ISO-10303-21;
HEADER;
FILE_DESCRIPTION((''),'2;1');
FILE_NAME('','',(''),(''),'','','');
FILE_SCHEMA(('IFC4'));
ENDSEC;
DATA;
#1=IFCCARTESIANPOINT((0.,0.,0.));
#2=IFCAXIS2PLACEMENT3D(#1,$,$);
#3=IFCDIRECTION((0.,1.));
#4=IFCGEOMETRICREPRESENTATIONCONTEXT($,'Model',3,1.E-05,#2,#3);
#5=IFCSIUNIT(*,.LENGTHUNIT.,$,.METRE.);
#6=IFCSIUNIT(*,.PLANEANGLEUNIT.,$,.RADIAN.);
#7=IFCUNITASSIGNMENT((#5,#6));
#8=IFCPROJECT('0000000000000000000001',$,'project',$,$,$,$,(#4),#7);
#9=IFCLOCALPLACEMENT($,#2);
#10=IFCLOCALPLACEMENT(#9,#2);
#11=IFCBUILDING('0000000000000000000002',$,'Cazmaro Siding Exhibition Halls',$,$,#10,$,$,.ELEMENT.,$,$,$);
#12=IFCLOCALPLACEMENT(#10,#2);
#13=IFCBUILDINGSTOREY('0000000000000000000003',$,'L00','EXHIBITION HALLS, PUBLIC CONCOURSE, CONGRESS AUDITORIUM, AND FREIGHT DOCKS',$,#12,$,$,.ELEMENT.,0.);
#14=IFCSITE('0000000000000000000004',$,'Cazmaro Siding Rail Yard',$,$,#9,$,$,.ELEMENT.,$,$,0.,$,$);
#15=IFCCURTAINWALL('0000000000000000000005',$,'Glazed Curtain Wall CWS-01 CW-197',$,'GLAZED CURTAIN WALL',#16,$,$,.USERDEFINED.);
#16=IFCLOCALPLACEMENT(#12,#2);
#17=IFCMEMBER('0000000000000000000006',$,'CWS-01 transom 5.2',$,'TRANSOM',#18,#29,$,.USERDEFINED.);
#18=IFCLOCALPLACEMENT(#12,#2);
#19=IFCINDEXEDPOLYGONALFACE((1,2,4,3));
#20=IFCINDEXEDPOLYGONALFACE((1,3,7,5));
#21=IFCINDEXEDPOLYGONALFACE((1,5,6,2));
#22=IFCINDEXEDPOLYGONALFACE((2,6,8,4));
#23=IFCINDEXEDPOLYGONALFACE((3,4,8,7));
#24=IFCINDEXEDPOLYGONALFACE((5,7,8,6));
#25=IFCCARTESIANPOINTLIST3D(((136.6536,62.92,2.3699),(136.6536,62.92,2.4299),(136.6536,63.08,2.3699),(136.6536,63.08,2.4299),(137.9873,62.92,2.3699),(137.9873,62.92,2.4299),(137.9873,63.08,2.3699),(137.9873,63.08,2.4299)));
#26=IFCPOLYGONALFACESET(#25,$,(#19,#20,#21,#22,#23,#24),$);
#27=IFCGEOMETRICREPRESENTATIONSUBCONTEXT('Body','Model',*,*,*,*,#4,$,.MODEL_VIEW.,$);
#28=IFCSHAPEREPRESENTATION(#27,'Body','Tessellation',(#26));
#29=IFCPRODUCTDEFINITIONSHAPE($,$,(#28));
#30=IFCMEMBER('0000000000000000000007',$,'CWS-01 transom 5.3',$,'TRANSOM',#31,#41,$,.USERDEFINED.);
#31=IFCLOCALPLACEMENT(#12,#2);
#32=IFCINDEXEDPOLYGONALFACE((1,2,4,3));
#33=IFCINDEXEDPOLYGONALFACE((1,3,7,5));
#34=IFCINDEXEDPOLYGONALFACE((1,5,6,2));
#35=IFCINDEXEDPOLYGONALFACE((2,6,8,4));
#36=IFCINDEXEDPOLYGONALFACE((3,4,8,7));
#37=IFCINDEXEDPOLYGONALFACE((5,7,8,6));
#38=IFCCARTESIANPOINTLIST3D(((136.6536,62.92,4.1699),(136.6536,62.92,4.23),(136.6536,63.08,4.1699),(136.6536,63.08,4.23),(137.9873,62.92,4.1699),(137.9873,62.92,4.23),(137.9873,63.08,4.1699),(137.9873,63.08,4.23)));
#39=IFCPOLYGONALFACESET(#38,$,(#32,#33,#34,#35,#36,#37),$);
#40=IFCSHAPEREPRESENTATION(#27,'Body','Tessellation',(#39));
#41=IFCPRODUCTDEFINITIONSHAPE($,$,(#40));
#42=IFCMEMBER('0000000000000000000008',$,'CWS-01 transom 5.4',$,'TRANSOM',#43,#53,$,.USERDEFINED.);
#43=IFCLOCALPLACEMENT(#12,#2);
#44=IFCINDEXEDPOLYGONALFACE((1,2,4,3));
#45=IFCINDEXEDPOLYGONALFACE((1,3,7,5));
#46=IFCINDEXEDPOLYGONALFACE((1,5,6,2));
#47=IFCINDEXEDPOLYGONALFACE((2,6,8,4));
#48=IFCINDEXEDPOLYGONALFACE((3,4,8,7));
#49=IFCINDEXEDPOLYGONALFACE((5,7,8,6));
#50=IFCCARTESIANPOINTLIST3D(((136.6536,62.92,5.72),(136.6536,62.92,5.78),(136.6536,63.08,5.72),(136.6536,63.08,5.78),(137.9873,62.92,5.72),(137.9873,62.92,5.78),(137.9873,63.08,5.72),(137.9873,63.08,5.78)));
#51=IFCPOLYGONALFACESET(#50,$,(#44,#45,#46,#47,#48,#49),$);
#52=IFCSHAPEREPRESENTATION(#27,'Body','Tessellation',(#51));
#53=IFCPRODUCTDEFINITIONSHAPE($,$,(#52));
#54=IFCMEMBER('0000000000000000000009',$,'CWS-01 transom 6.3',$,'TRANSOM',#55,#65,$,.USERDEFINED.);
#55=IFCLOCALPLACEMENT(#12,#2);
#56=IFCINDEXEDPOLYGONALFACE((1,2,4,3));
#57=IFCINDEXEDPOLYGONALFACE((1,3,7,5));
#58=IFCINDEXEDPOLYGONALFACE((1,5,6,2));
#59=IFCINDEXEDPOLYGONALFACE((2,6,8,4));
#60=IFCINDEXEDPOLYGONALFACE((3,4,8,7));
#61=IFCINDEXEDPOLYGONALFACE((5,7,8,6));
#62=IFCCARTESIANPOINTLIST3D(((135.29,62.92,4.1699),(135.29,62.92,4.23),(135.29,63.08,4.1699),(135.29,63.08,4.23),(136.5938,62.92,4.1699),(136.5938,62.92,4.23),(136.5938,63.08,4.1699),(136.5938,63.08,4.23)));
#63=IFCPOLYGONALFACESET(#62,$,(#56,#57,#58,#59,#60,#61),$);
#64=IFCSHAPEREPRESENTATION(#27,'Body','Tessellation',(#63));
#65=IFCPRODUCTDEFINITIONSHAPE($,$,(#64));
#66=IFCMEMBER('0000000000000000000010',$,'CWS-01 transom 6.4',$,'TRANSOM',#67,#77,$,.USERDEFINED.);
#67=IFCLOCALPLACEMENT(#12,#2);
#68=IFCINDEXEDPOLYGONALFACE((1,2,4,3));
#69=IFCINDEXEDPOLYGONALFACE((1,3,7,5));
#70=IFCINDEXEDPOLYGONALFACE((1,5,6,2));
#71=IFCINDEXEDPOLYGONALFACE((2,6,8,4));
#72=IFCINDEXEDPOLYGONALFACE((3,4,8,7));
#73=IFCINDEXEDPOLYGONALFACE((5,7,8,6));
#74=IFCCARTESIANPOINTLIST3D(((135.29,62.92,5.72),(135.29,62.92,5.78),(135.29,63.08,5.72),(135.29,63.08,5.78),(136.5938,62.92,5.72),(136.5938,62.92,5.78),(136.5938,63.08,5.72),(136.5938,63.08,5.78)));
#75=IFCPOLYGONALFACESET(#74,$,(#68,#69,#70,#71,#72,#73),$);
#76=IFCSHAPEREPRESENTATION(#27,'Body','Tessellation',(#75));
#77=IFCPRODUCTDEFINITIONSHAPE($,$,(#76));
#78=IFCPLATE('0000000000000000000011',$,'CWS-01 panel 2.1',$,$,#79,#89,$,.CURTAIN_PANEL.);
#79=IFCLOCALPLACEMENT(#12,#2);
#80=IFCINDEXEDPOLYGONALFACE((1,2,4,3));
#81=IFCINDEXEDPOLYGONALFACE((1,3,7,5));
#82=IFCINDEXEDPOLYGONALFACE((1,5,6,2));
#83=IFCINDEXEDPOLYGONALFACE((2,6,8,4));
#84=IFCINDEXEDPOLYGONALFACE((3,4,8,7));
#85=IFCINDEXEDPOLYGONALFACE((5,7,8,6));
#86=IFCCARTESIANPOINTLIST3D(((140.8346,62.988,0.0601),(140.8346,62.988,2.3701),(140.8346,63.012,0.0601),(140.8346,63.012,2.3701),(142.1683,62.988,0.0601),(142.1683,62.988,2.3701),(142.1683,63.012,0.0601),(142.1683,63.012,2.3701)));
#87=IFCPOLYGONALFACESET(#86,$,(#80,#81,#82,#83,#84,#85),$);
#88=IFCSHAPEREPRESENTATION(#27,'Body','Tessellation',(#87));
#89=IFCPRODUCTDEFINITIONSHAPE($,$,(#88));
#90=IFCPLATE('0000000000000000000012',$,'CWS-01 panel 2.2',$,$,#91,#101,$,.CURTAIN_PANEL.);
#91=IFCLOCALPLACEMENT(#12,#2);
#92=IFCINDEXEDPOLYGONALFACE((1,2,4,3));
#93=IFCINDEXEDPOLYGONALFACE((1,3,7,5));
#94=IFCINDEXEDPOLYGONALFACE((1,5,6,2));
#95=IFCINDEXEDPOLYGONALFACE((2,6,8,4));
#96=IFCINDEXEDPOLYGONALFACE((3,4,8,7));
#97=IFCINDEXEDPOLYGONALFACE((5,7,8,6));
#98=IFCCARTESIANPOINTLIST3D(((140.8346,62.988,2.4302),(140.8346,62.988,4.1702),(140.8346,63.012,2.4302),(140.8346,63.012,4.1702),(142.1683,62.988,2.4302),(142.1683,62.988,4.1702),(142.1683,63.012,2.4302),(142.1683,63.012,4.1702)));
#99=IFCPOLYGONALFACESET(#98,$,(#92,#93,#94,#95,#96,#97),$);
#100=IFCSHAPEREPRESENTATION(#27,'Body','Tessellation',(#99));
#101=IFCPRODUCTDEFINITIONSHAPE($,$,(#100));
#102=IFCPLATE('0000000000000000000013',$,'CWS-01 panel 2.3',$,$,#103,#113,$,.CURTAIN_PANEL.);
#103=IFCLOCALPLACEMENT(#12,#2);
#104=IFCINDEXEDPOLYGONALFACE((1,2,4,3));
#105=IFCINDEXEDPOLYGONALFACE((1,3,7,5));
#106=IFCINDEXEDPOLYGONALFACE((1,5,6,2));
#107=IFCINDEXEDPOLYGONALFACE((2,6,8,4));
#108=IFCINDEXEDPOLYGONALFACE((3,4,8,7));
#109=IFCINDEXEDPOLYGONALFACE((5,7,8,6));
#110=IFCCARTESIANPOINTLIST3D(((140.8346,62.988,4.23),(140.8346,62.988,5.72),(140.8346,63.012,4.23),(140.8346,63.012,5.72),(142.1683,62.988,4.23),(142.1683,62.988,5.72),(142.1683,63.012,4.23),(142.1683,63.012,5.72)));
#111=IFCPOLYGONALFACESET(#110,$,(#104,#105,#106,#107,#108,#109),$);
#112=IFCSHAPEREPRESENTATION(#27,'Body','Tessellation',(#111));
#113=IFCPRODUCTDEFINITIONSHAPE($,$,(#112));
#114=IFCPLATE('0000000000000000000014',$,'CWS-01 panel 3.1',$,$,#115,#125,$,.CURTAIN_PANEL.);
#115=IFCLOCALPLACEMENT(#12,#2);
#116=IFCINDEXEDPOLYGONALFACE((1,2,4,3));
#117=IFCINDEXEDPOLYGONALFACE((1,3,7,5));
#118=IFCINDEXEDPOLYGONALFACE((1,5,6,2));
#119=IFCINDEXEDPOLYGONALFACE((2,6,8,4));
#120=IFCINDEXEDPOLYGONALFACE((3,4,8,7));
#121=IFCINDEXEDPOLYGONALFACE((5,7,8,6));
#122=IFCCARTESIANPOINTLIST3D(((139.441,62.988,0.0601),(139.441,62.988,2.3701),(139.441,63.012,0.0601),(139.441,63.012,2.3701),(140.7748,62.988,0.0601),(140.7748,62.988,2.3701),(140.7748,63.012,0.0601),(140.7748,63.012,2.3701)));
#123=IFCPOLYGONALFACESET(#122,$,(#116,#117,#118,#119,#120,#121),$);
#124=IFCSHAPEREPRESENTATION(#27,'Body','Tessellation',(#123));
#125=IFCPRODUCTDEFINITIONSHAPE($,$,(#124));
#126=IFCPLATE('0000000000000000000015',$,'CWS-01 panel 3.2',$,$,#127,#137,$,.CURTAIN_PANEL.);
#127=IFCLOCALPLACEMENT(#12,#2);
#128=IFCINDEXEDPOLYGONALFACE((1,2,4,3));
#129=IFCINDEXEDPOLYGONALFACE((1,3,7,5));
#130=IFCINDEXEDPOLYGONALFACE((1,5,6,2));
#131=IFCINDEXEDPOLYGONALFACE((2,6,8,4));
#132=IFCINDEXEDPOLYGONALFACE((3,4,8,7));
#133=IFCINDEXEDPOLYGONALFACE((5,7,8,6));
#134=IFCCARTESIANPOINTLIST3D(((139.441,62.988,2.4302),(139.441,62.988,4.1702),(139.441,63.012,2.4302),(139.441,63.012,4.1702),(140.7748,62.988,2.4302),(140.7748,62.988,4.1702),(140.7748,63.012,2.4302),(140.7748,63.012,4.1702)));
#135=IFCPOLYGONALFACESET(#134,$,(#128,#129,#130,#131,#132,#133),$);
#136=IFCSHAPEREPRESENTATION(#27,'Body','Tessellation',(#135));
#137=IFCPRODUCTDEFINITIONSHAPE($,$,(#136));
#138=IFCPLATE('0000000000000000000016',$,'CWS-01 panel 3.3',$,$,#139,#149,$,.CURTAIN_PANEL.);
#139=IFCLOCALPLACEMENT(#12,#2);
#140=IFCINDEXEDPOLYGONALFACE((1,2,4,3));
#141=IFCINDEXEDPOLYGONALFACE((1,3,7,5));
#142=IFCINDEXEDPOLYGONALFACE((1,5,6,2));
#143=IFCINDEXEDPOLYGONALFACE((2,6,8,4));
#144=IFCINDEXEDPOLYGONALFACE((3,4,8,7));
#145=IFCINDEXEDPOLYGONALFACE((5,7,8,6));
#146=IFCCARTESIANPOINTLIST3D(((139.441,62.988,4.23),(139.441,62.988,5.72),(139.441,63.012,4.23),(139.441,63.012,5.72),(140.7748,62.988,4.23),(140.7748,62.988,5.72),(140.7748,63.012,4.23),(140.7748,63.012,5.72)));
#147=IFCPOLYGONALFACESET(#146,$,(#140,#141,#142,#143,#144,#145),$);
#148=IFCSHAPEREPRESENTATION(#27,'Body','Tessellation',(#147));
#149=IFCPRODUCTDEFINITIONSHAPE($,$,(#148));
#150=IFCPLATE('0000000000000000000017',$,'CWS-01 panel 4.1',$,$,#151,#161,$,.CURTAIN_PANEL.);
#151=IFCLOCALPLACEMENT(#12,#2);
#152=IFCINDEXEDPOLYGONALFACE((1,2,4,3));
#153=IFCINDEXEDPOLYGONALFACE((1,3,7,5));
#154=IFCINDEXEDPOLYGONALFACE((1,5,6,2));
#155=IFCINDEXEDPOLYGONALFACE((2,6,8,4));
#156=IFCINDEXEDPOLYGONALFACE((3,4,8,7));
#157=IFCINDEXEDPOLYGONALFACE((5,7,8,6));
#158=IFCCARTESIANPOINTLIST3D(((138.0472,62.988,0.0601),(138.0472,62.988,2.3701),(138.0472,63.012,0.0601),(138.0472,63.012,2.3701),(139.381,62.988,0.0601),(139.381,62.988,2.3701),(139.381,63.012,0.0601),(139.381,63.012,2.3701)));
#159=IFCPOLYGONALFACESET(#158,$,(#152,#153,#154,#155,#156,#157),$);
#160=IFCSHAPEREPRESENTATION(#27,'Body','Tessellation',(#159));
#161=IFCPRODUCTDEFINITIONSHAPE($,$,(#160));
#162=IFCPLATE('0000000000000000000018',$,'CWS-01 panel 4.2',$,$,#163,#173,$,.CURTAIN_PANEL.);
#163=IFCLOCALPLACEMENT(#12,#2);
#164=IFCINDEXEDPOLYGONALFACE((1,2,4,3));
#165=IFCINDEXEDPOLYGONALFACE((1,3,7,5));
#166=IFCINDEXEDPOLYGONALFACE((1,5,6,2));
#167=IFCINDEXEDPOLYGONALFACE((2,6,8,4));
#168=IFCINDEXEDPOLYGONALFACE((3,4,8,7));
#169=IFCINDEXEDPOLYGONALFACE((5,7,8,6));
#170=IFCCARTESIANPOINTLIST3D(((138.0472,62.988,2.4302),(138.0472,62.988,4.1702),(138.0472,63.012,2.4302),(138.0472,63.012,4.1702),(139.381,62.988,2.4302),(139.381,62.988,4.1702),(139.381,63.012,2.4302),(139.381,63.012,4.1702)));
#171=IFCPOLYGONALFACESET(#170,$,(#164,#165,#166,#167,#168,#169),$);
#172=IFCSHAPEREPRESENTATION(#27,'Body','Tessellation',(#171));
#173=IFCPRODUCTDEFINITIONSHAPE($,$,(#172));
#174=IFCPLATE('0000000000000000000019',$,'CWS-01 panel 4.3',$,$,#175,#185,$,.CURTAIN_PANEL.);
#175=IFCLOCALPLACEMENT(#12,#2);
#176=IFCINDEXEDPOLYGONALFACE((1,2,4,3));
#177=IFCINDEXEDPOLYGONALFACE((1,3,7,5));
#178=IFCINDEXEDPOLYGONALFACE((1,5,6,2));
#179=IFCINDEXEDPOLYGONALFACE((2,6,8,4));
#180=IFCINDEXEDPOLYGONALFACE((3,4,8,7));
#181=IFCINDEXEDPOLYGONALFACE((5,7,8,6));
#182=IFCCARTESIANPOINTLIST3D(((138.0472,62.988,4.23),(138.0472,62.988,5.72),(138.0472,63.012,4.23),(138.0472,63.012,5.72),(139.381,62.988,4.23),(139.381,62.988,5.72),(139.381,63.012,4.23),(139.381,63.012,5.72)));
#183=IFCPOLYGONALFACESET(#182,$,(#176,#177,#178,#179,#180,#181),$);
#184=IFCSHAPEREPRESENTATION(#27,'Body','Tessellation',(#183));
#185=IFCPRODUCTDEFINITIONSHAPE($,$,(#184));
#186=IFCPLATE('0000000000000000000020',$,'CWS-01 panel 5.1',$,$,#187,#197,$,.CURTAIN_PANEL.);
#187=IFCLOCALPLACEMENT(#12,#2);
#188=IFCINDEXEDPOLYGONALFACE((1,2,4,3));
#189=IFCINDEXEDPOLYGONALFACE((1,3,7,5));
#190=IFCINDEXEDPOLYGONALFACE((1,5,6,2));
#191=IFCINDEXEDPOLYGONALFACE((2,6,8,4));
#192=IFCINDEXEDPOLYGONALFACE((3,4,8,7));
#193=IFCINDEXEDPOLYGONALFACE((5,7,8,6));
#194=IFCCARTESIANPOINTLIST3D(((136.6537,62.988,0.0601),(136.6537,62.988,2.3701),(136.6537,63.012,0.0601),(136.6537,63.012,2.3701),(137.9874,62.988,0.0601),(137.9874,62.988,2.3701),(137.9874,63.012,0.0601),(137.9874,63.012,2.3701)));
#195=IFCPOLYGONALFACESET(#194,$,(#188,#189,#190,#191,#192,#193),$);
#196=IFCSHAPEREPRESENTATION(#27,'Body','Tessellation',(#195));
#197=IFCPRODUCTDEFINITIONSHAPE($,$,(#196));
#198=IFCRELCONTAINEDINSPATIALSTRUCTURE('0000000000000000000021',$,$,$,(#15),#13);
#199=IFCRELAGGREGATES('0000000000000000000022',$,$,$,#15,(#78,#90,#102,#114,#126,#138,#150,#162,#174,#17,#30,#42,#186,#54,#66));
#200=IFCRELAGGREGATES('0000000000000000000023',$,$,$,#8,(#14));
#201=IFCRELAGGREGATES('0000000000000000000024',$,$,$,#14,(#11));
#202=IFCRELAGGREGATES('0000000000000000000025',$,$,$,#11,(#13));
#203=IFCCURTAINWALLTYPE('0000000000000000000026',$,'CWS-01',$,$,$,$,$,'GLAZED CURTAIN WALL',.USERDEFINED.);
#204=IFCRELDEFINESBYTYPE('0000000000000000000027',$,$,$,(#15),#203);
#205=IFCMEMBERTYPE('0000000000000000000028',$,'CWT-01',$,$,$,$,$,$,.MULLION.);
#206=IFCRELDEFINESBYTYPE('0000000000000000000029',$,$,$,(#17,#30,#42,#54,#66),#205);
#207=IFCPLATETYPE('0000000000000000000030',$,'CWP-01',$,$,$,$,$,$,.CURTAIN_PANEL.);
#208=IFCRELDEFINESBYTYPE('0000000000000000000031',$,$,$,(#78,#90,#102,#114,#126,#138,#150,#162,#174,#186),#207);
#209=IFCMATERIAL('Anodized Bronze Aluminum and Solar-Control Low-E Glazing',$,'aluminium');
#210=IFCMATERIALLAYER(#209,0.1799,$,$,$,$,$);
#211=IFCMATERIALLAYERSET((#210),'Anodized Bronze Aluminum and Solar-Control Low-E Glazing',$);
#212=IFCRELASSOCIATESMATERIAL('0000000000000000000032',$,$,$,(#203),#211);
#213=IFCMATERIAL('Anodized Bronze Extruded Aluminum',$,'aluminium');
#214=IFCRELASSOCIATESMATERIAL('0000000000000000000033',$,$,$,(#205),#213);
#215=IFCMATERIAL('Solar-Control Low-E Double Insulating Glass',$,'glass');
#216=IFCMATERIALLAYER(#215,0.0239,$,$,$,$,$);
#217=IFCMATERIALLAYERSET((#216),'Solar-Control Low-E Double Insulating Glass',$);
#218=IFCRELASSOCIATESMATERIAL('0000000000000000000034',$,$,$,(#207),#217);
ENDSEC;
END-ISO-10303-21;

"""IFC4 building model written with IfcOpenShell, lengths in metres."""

from ifc_helpers import new_model, si_unit, direction, frame, origin, origin_2d, place, context, subcontext, project, spatial, rectangle, extrude, material, layer, layer_set, material_profile, profile_set, type_object, element, aggregate, save


model = new_model("IFC4")

# Units and contexts
model_context = context("Model", 3, precision=1e-05, world=origin(), true_north=direction((0.0, 1.0)))
body_context = subcontext(model_context, "Body", "Model", "MODEL_VIEW")
ifc_project = project(units=[si_unit("LENGTHUNIT", "METRE"), si_unit("PLANEANGLEUNIT", "RADIAN")], contexts=[model_context])

# Site, building, storey
site_placement = place(None, origin())
site = spatial("IfcSite", under=ifc_project, at=site_placement, Name="Cazmaro Siding Rail Yard", CompositionType="ELEMENT", RefElevation=0.0)
building_placement = place(site_placement, origin())
building = spatial("IfcBuilding", under=site, at=building_placement, Name="Cazmaro Siding Exhibition Halls", CompositionType="ELEMENT")
storey_placement = place(building_placement, origin())
storey = spatial("IfcBuildingStorey", under=building, at=storey_placement, Name="L00", Description="EXHIBITION HALLS, PUBLIC CONCOURSE, CONGRESS AUDITORIUM, AND FREIGHT DOCKS", CompositionType="ELEMENT", Elevation=0.0)

# Curtain wall, members, plates
ifc_material_1 = material(Name="Anodized Bronze Aluminum and Solar-Control Low-E Glazing", Category="aluminium")
ifc_layer_1 = layer(ifc_material_1, 0.1799)
ifc_layer_set_1 = layer_set([ifc_layer_1], Name="Anodized Bronze Aluminum and Solar-Control Low-E Glazing")
curtain_wall_type = type_object("IfcCurtainWallType", Name="CWS-01", ElementType="GLAZED CURTAIN WALL", PredefinedType="USERDEFINED", material=ifc_layer_set_1)
curtain_wall_placement = place(storey_placement, origin())
curtain_wall = element("IfcCurtainWall", 1, at=curtain_wall_placement, inside=storey, type_object=curtain_wall_type, Name="Glazed Curtain Wall CWS-01 CW-197", ObjectType="GLAZED CURTAIN WALL", PredefinedType="USERDEFINED")
ifc_material_2 = material(Name="Anodized Bronze Extruded Aluminum", Category="aluminium")
ifc_material_profile_1 = material_profile(ifc_material_2, rectangle(XDim=0.1599, YDim=0.0601, at=origin_2d()), Name="CWT-01")
ifc_profile_set_1 = profile_set([ifc_material_profile_1], Name="Anodized Bronze Extruded Aluminum")
member_type_1 = type_object("IfcMemberType", Name="CWT-01", PredefinedType="MULLION", material=ifc_profile_set_1)
member_1_placement = place(storey_placement, frame((137.9873, 63.0, 2.3999), z_axis=(-1.0, 0.0, 0.0), x_axis=(0.0, -1.0, 0.0)))
member_1 = element("IfcMember", 2, at=member_1_placement, type_object=member_type_1, Name="CWS-01 transom 5.2", ObjectType="TRANSOM", PredefinedType="USERDEFINED", context=body_context, shape_type="SweptSolid", body=[
    extrude(rectangle(XDim=0.1599, YDim=0.0601, at=origin_2d()), origin(), (0.0, 0.0, 1.0), 1.3337),
])
member_2_placement = place(storey_placement, frame((137.9873, 63.0, 4.2), z_axis=(-1.0, 0.0, 0.0), x_axis=(0.0, -1.0, 0.0)))
member_2 = element("IfcMember", 3, at=member_2_placement, type_object=member_type_1, Name="CWS-01 transom 5.3", ObjectType="TRANSOM", PredefinedType="USERDEFINED", context=body_context, shape_type="SweptSolid", body=[
    extrude(rectangle(XDim=0.1599, YDim=0.0601, at=origin_2d()), origin(), (0.0, 0.0, 1.0), 1.3337),
])
member_3_placement = place(storey_placement, frame((137.9873, 63.0, 5.75), z_axis=(-1.0, 0.0, 0.0), x_axis=(0.0, -1.0, 0.0)))
member_3 = element("IfcMember", 4, at=member_3_placement, type_object=member_type_1, Name="CWS-01 transom 5.4", ObjectType="TRANSOM", PredefinedType="USERDEFINED", context=body_context, shape_type="SweptSolid", body=[
    extrude(rectangle(XDim=0.1599, YDim=0.0601, at=origin_2d()), origin(), (0.0, 0.0, 1.0), 1.3337),
])
member_4_placement = place(storey_placement, frame((136.5938, 63.0, 4.2), z_axis=(-1.0, 0.0, 0.0), x_axis=(0.0, -1.0, 0.0)))
member_4 = element("IfcMember", 5, at=member_4_placement, type_object=member_type_1, Name="CWS-01 transom 6.3", ObjectType="TRANSOM", PredefinedType="USERDEFINED", context=body_context, shape_type="SweptSolid", body=[
    extrude(rectangle(XDim=0.1599, YDim=0.0601, at=origin_2d()), origin(), (0.0, 0.0, 1.0), 1.3037),
])
member_5_placement = place(storey_placement, frame((136.5938, 63.0, 5.75), z_axis=(-1.0, 0.0, 0.0), x_axis=(0.0, -1.0, 0.0)))
member_5 = element("IfcMember", 6, at=member_5_placement, type_object=member_type_1, Name="CWS-01 transom 6.4", ObjectType="TRANSOM", PredefinedType="USERDEFINED", context=body_context, shape_type="SweptSolid", body=[
    extrude(rectangle(XDim=0.1599, YDim=0.0601, at=origin_2d()), origin(), (0.0, 0.0, 1.0), 1.3037),
])
ifc_material_3 = material(Name="Solar-Control Low-E Double Insulating Glass", Category="glass")
ifc_layer_2 = layer(ifc_material_3, 0.0239)
ifc_layer_set_2 = layer_set([ifc_layer_2], Name="Solar-Control Low-E Double Insulating Glass")
plate_type = type_object("IfcPlateType", Name="CWP-01", PredefinedType="CURTAIN_PANEL", material=ifc_layer_set_2)
plate_1_placement = place(storey_placement, frame((141.5015, 63.0, 0.0601), z_axis=(0.0, 0.0, 1.0), x_axis=(-1.0, 0.0, 0.0)))
plate_1 = element("IfcPlate", 7, at=plate_1_placement, type_object=plate_type, Name="CWS-01 panel 2.1", PredefinedType="CURTAIN_PANEL", context=body_context, shape_type="SweptSolid", body=[
    extrude(rectangle(XDim=1.3337, YDim=0.0239, at=origin_2d()), origin(), (0.0, 0.0, 1.0), 2.3101),
])
plate_2_placement = place(storey_placement, frame((141.5015, 63.0, 2.4302), z_axis=(0.0, 0.0, 1.0), x_axis=(-1.0, 0.0, 0.0)))
plate_2 = element("IfcPlate", 8, at=plate_2_placement, type_object=plate_type, Name="CWS-01 panel 2.2", PredefinedType="CURTAIN_PANEL", context=body_context, shape_type="SweptSolid", body=[
    extrude(rectangle(XDim=1.3337, YDim=0.0239, at=origin_2d()), origin(), (0.0, 0.0, 1.0), 1.74),
])
plate_3_placement = place(storey_placement, frame((141.5015, 63.0, 4.23), z_axis=(0.0, 0.0, 1.0), x_axis=(-1.0, 0.0, 0.0)))
plate_3 = element("IfcPlate", 9, at=plate_3_placement, type_object=plate_type, Name="CWS-01 panel 2.3", PredefinedType="CURTAIN_PANEL", context=body_context, shape_type="SweptSolid", body=[
    extrude(rectangle(XDim=1.3337, YDim=0.0239, at=origin_2d()), origin(), (0.0, 0.0, 1.0), 1.49),
])
plate_4_placement = place(storey_placement, frame((140.1079, 63.0, 0.0601), z_axis=(0.0, 0.0, 1.0), x_axis=(-1.0, 0.0, 0.0)))
plate_4 = element("IfcPlate", 10, at=plate_4_placement, type_object=plate_type, Name="CWS-01 panel 3.1", PredefinedType="CURTAIN_PANEL", context=body_context, shape_type="SweptSolid", body=[
    extrude(rectangle(XDim=1.3337, YDim=0.0239, at=origin_2d()), origin(), (0.0, 0.0, 1.0), 2.3101),
])
plate_5_placement = place(storey_placement, frame((140.1079, 63.0, 2.4302), z_axis=(0.0, 0.0, 1.0), x_axis=(-1.0, 0.0, 0.0)))
plate_5 = element("IfcPlate", 11, at=plate_5_placement, type_object=plate_type, Name="CWS-01 panel 3.2", PredefinedType="CURTAIN_PANEL", context=body_context, shape_type="SweptSolid", body=[
    extrude(rectangle(XDim=1.3337, YDim=0.0239, at=origin_2d()), origin(), (0.0, 0.0, 1.0), 1.74),
])
plate_6_placement = place(storey_placement, frame((140.1079, 63.0, 4.23), z_axis=(0.0, 0.0, 1.0), x_axis=(-1.0, 0.0, 0.0)))
plate_6 = element("IfcPlate", 12, at=plate_6_placement, type_object=plate_type, Name="CWS-01 panel 3.3", PredefinedType="CURTAIN_PANEL", context=body_context, shape_type="SweptSolid", body=[
    extrude(rectangle(XDim=1.3337, YDim=0.0239, at=origin_2d()), origin(), (0.0, 0.0, 1.0), 1.49),
])
plate_7_placement = place(storey_placement, frame((138.7141, 63.0, 0.0601), z_axis=(0.0, 0.0, 1.0), x_axis=(-1.0, 0.0, 0.0)))
plate_7 = element("IfcPlate", 13, at=plate_7_placement, type_object=plate_type, Name="CWS-01 panel 4.1", PredefinedType="CURTAIN_PANEL", context=body_context, shape_type="SweptSolid", body=[
    extrude(rectangle(XDim=1.3337, YDim=0.0239, at=origin_2d()), origin(), (0.0, 0.0, 1.0), 2.3101),
])
plate_8_placement = place(storey_placement, frame((138.7141, 63.0, 2.4302), z_axis=(0.0, 0.0, 1.0), x_axis=(-1.0, 0.0, 0.0)))
plate_8 = element("IfcPlate", 14, at=plate_8_placement, type_object=plate_type, Name="CWS-01 panel 4.2", PredefinedType="CURTAIN_PANEL", context=body_context, shape_type="SweptSolid", body=[
    extrude(rectangle(XDim=1.3337, YDim=0.0239, at=origin_2d()), origin(), (0.0, 0.0, 1.0), 1.74),
])
plate_9_placement = place(storey_placement, frame((138.7141, 63.0, 4.23), z_axis=(0.0, 0.0, 1.0), x_axis=(-1.0, 0.0, 0.0)))
plate_9 = element("IfcPlate", 15, at=plate_9_placement, type_object=plate_type, Name="CWS-01 panel 4.3", PredefinedType="CURTAIN_PANEL", context=body_context, shape_type="SweptSolid", body=[
    extrude(rectangle(XDim=1.3337, YDim=0.0239, at=origin_2d()), origin(), (0.0, 0.0, 1.0), 1.49),
])
plate_10_placement = place(storey_placement, frame((137.3206, 63.0, 0.0601), z_axis=(0.0, 0.0, 1.0), x_axis=(-1.0, 0.0, 0.0)))
plate_10 = element("IfcPlate", 16, at=plate_10_placement, type_object=plate_type, Name="CWS-01 panel 5.1", PredefinedType="CURTAIN_PANEL", context=body_context, shape_type="SweptSolid", body=[
    extrude(rectangle(XDim=1.3337, YDim=0.0239, at=origin_2d()), origin(), (0.0, 0.0, 1.0), 2.3101),
])
aggregate(curtain_wall, [plate_1, plate_2, plate_3, plate_4, plate_5, plate_6, plate_7, plate_8, plate_9, member_1, member_2, member_3, plate_10, member_4, member_5])

save(model, "model.ifc")
